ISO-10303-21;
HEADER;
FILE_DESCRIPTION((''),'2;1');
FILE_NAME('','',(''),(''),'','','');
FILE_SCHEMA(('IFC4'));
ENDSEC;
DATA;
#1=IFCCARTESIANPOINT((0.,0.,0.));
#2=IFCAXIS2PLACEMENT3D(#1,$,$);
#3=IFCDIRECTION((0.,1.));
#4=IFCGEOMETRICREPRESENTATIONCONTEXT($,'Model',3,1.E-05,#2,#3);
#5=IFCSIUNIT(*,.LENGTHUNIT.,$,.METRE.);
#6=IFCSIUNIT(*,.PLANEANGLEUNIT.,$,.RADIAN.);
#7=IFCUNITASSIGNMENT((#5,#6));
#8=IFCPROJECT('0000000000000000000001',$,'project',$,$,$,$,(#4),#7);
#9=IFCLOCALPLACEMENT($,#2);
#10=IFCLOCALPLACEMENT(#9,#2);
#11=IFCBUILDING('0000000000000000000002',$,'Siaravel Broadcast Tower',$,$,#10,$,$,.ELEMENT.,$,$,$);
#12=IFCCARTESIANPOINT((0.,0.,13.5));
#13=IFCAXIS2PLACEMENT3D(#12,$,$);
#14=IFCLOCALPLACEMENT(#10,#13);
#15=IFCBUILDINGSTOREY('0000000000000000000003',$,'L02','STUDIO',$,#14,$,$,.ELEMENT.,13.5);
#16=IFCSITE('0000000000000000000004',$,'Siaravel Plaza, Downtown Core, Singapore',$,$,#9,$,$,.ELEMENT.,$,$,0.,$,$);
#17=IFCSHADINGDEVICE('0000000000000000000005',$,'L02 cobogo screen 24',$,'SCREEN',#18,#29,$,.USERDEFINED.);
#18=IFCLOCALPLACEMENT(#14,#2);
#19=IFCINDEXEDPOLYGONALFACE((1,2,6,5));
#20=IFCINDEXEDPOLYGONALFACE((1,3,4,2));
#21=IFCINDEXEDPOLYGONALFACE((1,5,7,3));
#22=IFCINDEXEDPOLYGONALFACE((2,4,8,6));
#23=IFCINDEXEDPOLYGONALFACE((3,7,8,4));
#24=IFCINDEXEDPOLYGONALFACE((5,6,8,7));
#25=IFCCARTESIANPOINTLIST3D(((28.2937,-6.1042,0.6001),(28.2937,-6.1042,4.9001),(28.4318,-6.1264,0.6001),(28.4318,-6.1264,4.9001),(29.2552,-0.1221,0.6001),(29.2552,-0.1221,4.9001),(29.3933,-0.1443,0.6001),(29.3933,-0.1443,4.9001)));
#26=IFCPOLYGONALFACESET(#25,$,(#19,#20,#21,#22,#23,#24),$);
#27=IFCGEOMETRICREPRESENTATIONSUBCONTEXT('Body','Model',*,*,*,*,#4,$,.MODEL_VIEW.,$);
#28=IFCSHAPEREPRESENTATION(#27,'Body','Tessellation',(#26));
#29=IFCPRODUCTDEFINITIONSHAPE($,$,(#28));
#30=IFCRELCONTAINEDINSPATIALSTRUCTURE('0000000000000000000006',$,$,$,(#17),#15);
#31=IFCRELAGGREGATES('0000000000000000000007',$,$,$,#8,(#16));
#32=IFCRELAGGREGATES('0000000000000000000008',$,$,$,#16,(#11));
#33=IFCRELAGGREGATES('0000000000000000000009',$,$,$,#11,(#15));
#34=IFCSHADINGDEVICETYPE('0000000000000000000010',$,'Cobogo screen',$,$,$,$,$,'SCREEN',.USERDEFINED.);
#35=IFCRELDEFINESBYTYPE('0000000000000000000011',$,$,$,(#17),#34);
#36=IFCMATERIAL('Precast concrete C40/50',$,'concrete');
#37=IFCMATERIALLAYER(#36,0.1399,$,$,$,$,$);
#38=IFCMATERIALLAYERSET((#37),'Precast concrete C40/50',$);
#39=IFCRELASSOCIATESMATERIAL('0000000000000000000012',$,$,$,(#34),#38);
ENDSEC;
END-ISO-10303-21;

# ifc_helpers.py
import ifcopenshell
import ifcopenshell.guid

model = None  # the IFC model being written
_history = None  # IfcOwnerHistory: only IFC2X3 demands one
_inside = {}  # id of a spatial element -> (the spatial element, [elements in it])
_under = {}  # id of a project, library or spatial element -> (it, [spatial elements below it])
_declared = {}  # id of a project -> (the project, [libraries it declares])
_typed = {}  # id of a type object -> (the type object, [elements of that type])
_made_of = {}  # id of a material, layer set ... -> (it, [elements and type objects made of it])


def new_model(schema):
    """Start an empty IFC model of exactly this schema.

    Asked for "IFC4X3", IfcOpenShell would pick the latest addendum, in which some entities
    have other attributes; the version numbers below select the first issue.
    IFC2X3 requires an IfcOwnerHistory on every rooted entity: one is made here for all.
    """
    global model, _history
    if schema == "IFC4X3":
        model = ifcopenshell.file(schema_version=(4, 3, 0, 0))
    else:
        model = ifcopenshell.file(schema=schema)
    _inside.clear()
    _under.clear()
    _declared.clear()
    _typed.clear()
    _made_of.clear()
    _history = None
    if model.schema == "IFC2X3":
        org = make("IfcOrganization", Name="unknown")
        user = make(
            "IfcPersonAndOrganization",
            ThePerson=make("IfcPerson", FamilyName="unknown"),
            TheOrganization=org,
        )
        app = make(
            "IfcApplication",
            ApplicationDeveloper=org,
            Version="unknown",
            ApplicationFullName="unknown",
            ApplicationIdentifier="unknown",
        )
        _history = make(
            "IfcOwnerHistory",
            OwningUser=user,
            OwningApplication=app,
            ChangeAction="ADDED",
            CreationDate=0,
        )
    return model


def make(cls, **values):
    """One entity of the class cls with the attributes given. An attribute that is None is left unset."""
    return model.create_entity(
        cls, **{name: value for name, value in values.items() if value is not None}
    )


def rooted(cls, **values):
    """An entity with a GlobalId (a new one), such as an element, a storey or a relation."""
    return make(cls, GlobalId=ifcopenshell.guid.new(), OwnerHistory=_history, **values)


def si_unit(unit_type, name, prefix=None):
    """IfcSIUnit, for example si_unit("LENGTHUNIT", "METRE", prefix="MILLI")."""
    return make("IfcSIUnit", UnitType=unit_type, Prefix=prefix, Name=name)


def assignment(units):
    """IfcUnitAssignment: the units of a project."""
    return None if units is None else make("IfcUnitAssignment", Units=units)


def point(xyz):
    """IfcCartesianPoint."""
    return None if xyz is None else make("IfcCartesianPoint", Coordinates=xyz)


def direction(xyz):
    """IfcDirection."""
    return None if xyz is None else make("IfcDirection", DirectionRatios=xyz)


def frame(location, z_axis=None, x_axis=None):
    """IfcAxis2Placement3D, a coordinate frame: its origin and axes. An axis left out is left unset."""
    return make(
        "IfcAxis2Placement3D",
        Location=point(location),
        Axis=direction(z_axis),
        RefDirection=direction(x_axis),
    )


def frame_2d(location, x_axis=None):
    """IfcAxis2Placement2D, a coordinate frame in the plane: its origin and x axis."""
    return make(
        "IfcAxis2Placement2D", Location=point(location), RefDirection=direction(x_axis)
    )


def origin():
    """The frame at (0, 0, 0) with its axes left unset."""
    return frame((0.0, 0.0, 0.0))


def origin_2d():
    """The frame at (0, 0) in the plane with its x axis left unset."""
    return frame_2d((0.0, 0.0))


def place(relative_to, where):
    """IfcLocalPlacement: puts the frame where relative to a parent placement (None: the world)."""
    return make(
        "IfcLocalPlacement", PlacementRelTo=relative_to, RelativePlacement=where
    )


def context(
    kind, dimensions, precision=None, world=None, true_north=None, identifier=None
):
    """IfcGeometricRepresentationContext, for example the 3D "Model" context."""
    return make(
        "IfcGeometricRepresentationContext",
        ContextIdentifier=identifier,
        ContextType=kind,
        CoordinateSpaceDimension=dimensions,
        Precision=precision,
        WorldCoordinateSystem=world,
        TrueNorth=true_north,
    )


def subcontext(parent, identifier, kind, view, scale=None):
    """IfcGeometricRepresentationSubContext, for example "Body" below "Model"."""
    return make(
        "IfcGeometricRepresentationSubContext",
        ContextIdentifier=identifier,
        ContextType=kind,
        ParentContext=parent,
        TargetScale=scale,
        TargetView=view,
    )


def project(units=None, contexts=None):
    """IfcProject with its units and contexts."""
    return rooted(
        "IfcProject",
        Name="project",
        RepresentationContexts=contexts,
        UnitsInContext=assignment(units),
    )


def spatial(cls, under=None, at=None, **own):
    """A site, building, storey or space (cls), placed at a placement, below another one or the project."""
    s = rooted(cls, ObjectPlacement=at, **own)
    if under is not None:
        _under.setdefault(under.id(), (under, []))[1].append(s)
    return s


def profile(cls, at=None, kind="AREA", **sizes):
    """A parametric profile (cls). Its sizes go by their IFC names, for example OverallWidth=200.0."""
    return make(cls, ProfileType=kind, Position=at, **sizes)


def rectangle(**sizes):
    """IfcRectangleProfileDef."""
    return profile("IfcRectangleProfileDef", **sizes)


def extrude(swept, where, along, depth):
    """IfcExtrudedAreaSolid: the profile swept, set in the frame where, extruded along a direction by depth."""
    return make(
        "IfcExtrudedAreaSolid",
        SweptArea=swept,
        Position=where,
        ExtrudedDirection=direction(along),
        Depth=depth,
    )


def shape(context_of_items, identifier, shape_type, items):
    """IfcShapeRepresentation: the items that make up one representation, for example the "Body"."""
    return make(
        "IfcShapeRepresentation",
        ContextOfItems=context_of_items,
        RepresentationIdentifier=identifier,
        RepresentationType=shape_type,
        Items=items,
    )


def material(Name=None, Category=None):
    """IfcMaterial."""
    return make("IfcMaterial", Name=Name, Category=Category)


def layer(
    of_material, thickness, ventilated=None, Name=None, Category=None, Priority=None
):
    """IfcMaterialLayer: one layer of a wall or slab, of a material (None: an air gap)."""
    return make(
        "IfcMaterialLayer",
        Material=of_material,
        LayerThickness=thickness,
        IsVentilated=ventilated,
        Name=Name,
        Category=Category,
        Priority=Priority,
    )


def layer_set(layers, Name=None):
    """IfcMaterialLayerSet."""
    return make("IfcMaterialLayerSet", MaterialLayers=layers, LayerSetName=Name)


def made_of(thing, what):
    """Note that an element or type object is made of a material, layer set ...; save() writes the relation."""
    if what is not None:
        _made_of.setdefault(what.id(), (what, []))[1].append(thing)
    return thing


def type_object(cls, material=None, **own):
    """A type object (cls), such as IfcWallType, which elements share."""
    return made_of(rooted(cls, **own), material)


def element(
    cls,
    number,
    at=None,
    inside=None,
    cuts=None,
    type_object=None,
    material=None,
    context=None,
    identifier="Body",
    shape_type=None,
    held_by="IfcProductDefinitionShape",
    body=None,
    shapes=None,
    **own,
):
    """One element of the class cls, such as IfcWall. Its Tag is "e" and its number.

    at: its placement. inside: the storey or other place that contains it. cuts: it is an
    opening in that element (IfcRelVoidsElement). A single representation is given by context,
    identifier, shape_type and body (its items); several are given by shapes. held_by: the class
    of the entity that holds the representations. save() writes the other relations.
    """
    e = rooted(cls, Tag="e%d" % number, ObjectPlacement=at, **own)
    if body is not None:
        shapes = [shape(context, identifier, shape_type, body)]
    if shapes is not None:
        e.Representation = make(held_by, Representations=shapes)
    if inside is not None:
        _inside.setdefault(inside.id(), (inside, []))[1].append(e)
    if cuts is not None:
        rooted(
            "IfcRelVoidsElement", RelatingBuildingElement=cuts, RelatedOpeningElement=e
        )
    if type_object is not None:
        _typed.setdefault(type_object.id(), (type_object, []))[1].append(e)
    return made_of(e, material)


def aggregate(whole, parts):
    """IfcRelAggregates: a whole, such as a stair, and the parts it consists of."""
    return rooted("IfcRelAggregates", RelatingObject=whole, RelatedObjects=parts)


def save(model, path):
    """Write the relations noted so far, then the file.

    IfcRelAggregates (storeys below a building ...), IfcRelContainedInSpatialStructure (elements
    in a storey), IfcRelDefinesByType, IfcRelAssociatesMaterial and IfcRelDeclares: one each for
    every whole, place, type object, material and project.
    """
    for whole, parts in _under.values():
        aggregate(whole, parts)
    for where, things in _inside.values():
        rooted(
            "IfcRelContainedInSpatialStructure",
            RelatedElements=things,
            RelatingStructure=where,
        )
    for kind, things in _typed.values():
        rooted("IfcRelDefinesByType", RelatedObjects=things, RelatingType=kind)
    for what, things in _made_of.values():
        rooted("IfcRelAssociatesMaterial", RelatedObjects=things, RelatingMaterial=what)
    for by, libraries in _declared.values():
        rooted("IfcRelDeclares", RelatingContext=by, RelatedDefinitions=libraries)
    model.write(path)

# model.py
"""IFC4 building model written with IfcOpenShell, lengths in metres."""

from ifc_helpers import new_model, si_unit, direction, frame, origin, origin_2d, place, context, subcontext, project, spatial, rectangle, extrude, material, layer, layer_set, type_object, element, save


model = new_model("IFC4")

# Units and contexts
model_context = context("Model", 3, precision=1e-05, world=origin(), true_north=direction((0.0, 1.0)))
body_context = subcontext(model_context, "Body", "Model", "MODEL_VIEW")
ifc_project = project(units=[si_unit("LENGTHUNIT", "METRE"), si_unit("PLANEANGLEUNIT", "RADIAN")], contexts=[model_context])

# Site, building, storey
site_placement = place(None, origin())
site = spatial("IfcSite", under=ifc_project, at=site_placement, Name="Siaravel Plaza, Downtown Core, Singapore", CompositionType="ELEMENT", RefElevation=0.0)
building_placement = place(site_placement, origin())
building = spatial("IfcBuilding", under=site, at=building_placement, Name="Siaravel Broadcast Tower", CompositionType="ELEMENT")
storey_placement = place(building_placement, frame((0.0, 0.0, 13.5)))
storey = spatial("IfcBuildingStorey", under=building, at=storey_placement, Name="L02", Description="STUDIO", CompositionType="ELEMENT", Elevation=13.5)

# Shading device
ifc_material_1 = material(Name="Precast concrete C40/50", Category="concrete")
ifc_layer_1 = layer(ifc_material_1, 0.1399)
ifc_layer_set_1 = layer_set([ifc_layer_1], Name="Precast concrete C40/50")
shading_device_type_1 = type_object("IfcShadingDeviceType", Name="Cobogo screen", ElementType="SCREEN", PredefinedType="USERDEFINED", material=ifc_layer_set_1)
shading_device_1_placement = place(storey_placement, frame((28.8435, -3.1243, 0.6001), z_axis=(0.0, 0.0, 1.0), x_axis=(0.158685, 0.987329, 0.0)))
element("IfcShadingDevice", 1, at=shading_device_1_placement, inside=storey, type_object=shading_device_type_1, Name="L02 cobogo screen 24", ObjectType="SCREEN", PredefinedType="USERDEFINED", context=body_context, shape_type="SweptSolid", body=[
    extrude(rectangle(XDim=6.0588, YDim=0.1399, at=origin_2d()), origin(), (0.0, 0.0, 1.0), 4.3),
])

save(model, "model.ifc")
